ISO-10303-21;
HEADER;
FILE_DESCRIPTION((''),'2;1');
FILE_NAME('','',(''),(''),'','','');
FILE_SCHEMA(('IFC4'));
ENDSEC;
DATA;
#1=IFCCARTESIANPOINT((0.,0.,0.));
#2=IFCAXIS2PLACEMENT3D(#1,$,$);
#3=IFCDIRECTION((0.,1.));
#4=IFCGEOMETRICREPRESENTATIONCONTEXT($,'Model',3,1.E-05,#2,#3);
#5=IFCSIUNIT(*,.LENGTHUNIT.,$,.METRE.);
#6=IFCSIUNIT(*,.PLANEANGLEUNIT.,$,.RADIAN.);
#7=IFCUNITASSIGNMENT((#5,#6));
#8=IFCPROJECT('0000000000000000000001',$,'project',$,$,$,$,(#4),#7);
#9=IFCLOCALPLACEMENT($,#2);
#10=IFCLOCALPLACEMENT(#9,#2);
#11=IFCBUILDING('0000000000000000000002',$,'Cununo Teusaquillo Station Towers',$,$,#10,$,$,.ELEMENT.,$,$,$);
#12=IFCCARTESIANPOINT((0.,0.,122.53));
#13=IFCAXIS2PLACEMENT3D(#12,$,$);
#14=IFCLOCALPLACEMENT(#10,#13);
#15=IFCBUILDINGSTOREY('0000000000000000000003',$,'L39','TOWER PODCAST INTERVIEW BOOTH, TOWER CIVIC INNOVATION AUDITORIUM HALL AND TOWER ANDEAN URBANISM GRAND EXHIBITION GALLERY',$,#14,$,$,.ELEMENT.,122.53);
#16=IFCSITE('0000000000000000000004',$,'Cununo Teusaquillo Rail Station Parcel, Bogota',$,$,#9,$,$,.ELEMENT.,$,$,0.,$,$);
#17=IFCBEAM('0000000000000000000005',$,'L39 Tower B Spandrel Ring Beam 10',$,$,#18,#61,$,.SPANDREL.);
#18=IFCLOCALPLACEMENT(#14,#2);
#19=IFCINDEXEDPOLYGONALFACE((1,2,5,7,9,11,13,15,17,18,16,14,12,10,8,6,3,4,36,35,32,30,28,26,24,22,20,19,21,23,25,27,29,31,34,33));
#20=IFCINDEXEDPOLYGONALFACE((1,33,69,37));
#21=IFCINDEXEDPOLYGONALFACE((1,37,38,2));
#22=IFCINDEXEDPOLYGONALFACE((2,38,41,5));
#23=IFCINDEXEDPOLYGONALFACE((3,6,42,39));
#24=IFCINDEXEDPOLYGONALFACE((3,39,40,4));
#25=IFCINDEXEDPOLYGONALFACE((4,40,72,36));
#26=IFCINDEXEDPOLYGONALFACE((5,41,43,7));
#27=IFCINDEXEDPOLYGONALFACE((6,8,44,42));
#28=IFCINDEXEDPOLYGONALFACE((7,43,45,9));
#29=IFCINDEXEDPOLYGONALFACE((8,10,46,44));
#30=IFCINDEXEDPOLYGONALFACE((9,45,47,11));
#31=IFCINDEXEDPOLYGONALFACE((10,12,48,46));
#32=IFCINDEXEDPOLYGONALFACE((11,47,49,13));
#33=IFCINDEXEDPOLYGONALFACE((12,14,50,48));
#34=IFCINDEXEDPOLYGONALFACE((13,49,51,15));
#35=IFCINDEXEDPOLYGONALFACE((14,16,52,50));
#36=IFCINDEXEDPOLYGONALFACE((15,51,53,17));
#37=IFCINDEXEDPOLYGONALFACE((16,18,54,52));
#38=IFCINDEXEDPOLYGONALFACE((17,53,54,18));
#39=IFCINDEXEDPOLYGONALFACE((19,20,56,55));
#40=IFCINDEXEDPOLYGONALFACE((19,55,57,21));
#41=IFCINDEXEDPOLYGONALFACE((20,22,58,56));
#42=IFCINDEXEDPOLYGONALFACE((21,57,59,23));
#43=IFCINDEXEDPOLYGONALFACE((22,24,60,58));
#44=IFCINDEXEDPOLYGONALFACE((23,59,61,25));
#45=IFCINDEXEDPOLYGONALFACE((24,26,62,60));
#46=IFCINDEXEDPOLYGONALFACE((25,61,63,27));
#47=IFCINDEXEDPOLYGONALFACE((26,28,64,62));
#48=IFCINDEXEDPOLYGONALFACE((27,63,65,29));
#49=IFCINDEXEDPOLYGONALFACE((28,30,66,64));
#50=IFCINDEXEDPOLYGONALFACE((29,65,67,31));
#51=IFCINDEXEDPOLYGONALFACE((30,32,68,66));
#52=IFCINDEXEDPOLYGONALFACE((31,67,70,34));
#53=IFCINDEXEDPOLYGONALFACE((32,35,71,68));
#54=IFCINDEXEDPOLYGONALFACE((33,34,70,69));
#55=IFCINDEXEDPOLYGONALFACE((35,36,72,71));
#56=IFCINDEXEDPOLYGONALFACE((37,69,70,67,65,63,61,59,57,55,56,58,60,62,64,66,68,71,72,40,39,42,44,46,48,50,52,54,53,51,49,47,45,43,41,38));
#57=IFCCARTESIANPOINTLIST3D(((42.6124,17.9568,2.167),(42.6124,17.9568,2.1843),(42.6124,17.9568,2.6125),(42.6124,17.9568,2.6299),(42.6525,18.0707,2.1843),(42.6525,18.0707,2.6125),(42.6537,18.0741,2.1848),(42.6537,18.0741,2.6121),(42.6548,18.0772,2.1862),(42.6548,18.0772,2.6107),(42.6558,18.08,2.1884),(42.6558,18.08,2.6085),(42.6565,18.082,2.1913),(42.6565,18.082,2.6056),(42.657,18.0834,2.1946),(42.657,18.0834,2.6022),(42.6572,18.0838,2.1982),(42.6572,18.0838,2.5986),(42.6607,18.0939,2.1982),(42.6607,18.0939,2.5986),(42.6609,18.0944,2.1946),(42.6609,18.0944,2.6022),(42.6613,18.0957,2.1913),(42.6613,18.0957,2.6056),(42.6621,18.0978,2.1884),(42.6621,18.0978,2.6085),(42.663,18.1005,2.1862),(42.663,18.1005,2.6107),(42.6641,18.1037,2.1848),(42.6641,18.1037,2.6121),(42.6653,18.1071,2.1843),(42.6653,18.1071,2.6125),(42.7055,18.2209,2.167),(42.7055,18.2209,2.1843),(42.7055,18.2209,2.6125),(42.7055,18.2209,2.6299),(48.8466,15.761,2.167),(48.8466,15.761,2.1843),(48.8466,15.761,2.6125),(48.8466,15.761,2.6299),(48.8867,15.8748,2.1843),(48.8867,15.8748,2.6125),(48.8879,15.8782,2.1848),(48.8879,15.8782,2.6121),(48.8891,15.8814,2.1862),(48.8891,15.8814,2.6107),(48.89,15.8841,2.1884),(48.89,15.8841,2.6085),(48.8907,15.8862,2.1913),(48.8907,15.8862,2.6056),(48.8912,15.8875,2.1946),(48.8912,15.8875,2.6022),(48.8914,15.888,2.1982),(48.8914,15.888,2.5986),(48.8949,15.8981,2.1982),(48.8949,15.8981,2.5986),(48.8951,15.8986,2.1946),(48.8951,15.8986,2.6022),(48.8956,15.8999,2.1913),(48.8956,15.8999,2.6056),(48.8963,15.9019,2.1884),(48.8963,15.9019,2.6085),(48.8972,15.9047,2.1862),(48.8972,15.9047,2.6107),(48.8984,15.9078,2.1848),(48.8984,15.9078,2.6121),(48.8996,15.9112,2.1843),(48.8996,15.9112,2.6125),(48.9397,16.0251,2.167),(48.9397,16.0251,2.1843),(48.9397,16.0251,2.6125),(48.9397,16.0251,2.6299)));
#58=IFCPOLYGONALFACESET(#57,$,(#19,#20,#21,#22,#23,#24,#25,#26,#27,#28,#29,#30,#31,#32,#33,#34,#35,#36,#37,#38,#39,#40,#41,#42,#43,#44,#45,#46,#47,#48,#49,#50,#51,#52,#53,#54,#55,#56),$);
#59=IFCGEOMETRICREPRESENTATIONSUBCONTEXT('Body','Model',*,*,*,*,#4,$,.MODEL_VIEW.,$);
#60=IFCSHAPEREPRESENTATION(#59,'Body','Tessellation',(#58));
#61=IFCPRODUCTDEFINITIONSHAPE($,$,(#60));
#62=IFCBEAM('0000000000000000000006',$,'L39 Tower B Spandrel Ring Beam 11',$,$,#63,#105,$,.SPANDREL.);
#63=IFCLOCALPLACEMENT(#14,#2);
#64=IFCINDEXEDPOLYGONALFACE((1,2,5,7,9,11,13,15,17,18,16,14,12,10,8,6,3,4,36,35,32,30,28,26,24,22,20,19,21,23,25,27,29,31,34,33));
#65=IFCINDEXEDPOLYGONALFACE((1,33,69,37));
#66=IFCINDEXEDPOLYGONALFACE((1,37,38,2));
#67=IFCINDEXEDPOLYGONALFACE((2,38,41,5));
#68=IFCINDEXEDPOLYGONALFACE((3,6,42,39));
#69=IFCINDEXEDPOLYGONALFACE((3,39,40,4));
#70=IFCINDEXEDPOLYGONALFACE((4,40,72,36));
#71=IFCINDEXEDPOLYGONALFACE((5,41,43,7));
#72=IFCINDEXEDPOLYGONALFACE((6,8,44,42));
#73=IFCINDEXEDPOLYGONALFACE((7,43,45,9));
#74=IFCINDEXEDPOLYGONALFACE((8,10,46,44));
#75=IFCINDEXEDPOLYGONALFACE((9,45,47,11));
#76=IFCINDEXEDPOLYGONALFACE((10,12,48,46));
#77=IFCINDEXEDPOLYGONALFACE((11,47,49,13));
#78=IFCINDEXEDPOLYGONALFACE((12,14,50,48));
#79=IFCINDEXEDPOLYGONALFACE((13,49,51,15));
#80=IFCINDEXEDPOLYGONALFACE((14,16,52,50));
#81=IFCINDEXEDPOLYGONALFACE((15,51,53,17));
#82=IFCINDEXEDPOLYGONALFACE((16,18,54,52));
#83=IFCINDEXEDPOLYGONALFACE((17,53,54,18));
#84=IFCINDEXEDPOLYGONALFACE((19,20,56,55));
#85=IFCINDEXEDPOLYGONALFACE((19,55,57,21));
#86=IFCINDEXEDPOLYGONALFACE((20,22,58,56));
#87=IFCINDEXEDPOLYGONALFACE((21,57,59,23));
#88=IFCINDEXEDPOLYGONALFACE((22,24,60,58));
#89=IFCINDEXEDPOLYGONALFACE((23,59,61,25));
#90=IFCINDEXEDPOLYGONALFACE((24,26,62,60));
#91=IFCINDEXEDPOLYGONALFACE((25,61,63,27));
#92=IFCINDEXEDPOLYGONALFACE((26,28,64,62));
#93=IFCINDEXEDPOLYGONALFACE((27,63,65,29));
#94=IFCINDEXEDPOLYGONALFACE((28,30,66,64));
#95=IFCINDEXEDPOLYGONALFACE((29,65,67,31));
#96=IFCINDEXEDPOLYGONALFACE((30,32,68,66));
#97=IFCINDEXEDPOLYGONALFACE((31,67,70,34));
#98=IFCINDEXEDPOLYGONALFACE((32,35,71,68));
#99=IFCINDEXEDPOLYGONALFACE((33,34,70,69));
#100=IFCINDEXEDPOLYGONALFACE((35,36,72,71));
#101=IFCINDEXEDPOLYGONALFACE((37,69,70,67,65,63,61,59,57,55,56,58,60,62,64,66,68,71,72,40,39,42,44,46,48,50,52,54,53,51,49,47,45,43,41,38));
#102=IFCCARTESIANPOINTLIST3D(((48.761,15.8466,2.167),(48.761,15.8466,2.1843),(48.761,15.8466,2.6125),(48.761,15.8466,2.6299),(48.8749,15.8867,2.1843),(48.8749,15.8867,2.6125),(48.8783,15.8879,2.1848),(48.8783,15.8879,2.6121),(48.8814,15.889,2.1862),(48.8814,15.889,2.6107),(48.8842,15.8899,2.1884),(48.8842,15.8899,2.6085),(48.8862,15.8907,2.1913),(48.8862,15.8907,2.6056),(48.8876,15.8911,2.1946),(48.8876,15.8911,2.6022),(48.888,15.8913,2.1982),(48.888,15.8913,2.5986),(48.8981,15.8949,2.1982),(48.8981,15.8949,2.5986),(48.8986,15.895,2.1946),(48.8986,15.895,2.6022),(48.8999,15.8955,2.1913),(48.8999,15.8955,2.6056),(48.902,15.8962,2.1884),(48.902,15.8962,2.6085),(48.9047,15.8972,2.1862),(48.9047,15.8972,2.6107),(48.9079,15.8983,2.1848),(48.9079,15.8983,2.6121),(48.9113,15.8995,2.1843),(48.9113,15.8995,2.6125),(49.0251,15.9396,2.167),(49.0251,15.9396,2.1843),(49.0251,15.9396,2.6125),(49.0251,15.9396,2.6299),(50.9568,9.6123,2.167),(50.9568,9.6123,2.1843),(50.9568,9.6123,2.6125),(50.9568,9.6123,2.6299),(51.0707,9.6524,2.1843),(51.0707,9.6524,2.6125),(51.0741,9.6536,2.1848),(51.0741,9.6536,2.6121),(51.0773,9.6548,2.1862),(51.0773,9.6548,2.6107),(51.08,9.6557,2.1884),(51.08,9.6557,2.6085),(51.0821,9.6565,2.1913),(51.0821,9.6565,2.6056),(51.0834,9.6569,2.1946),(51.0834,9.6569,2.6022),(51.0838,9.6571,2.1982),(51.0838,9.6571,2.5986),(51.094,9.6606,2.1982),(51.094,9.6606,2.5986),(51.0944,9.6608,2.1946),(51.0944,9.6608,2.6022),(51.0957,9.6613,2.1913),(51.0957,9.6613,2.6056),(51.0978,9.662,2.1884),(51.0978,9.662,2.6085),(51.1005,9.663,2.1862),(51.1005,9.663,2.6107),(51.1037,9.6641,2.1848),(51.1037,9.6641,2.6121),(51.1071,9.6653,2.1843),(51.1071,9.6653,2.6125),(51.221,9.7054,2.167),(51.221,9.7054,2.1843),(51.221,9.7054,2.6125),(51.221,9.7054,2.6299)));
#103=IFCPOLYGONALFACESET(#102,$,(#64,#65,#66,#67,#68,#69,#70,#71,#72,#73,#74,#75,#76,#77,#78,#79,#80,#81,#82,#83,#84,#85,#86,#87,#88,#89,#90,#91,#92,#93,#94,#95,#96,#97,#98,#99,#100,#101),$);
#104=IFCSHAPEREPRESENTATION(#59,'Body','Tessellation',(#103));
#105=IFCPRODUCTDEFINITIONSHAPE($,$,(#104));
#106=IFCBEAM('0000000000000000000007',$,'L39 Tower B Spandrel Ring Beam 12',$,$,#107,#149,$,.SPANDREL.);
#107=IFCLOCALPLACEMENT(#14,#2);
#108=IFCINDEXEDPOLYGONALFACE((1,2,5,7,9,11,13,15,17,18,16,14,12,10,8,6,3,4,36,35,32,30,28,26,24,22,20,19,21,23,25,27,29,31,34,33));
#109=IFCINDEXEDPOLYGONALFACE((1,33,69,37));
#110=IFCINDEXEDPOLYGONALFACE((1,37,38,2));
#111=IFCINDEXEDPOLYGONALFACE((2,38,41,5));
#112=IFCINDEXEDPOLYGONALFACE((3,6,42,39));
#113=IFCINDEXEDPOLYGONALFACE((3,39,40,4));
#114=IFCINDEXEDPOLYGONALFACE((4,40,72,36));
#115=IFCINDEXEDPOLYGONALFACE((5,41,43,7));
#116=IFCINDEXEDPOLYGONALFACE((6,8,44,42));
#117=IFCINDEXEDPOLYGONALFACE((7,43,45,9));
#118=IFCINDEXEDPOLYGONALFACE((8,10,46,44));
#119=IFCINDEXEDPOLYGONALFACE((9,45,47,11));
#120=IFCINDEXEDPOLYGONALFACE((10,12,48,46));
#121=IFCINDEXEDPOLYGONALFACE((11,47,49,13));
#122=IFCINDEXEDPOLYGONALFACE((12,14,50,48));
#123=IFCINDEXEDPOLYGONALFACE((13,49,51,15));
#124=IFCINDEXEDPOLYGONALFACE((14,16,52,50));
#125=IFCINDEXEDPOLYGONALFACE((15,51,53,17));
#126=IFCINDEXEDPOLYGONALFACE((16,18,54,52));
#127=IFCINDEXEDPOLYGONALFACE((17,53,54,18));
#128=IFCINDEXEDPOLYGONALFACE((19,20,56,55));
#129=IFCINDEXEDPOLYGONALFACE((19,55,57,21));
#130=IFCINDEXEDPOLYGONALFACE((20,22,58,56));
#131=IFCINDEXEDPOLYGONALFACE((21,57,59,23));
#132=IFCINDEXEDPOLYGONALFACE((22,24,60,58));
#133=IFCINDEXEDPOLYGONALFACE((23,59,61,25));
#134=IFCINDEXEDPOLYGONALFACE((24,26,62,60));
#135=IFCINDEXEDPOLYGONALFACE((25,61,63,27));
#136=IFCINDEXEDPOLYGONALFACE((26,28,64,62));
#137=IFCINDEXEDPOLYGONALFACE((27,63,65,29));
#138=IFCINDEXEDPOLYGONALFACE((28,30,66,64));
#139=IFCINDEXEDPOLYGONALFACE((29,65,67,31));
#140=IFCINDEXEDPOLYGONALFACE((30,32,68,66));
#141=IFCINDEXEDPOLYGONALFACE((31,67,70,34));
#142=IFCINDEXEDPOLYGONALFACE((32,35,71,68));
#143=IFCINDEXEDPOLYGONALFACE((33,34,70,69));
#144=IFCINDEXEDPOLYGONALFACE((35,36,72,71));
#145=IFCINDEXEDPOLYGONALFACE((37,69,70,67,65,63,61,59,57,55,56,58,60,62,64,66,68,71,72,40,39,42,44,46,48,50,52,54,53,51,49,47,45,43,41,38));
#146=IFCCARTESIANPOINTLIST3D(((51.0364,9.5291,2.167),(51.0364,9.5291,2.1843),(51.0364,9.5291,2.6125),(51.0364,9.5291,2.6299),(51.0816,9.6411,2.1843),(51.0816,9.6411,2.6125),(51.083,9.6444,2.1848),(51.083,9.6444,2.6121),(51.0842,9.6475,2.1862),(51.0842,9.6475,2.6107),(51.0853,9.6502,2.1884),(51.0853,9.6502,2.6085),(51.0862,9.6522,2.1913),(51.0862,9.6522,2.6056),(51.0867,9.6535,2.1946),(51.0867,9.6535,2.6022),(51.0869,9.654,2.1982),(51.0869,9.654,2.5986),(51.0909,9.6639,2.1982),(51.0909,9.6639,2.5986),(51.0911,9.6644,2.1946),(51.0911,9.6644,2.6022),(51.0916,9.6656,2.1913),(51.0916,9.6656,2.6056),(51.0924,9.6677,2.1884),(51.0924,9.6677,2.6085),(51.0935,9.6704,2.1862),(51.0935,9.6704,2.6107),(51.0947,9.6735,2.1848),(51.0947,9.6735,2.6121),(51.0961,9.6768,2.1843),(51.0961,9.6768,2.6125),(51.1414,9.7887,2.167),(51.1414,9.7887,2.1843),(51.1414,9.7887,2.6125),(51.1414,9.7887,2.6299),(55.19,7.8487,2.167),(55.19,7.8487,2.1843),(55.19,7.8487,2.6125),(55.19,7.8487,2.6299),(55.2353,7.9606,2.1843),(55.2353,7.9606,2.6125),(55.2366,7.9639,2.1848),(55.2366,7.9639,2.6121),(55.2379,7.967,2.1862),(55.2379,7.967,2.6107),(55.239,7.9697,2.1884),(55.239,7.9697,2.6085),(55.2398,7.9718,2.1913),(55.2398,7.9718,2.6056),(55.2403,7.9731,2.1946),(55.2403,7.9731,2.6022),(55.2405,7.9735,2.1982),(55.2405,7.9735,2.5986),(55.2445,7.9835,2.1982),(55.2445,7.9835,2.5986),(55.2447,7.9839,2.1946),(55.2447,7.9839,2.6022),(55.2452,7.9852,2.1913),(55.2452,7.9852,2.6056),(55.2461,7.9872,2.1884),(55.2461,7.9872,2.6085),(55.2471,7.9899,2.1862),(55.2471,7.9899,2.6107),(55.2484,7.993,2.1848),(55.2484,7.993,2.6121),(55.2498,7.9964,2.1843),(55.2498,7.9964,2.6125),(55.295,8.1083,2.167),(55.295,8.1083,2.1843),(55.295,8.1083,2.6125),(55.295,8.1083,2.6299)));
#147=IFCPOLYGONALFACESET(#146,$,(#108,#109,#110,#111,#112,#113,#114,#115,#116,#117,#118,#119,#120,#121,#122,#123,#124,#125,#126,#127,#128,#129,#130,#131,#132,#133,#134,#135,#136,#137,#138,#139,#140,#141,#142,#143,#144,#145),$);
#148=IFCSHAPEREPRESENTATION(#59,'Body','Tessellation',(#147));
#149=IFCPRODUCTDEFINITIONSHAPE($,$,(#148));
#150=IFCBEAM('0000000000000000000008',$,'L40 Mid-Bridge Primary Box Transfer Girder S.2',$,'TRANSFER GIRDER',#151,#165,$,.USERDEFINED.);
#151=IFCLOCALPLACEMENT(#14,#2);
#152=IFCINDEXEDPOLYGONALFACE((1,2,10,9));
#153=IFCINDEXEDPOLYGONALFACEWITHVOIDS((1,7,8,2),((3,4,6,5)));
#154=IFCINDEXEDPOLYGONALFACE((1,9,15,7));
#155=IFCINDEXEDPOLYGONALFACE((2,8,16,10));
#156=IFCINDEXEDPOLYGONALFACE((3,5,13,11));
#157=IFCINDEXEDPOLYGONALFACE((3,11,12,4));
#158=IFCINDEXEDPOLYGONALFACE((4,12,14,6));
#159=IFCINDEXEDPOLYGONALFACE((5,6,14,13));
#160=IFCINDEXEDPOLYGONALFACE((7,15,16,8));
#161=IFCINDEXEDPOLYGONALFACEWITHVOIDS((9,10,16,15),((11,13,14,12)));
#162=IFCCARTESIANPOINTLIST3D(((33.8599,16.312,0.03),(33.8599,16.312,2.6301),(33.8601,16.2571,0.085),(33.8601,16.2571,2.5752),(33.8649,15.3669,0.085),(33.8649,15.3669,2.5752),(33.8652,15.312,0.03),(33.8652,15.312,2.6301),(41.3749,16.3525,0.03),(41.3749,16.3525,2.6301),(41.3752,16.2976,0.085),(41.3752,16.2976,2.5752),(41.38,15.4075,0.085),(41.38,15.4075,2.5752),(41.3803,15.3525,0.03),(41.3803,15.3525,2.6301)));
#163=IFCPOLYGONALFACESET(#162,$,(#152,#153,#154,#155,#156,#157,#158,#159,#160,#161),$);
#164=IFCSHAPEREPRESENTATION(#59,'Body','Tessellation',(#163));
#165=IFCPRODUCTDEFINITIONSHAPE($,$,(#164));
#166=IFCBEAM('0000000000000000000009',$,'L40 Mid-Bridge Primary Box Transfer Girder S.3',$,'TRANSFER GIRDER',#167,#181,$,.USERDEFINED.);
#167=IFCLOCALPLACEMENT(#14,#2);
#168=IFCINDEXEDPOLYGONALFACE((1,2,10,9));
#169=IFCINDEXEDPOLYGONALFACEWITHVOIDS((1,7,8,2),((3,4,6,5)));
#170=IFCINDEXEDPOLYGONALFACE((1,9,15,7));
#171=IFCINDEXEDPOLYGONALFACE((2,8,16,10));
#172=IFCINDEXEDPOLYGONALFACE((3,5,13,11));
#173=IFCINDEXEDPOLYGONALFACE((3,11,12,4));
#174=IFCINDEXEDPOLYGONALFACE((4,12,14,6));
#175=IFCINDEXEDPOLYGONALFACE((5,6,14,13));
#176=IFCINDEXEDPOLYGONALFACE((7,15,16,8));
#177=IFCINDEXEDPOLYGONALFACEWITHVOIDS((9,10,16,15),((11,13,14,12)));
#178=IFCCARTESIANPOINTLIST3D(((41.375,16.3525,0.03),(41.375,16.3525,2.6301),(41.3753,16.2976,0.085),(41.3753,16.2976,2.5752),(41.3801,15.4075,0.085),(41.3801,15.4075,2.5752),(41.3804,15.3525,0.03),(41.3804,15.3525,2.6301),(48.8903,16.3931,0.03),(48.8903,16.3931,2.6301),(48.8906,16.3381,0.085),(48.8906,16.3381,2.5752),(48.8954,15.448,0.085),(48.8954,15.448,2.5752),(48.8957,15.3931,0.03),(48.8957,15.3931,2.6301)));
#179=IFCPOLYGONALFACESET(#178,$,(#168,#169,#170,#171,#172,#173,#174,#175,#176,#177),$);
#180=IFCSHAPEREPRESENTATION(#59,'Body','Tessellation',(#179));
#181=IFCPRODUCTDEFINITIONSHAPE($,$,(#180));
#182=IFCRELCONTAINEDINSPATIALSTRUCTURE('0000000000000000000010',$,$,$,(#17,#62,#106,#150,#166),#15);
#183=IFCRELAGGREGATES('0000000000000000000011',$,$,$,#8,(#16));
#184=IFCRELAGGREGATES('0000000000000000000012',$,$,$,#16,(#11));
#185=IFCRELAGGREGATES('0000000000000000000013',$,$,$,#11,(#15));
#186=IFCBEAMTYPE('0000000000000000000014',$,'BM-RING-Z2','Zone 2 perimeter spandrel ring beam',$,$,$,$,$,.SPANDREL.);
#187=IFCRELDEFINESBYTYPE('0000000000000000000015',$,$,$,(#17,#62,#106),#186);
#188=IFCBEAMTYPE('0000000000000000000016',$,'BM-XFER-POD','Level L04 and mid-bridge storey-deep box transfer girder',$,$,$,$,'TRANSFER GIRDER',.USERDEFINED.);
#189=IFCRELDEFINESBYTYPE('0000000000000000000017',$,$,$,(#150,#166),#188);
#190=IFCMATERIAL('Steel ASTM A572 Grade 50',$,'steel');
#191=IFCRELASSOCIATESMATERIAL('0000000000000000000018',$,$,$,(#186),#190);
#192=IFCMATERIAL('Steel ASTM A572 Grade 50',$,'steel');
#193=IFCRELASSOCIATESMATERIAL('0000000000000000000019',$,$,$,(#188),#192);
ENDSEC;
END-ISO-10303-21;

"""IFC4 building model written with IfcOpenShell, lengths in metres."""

from ifc_helpers import new_model, si_unit, direction, frame, origin, origin_2d, place, context, subcontext, project, spatial, hollow_rectangle, i_section, extrude, material, material_profile, profile_set, type_object, element, save


model = new_model("IFC4")

# Units and contexts
model_context = context("Model", 3, precision=1e-05, world=origin(), true_north=direction((0.0, 1.0)))
body_context = subcontext(model_context, "Body", "Model", "MODEL_VIEW")
ifc_project = project(units=[si_unit("LENGTHUNIT", "METRE"), si_unit("PLANEANGLEUNIT", "RADIAN")], contexts=[model_context])

# Site, building, storey
site_placement = place(None, origin())
site = spatial("IfcSite", under=ifc_project, at=site_placement, Name="Cununo Teusaquillo Rail Station Parcel, Bogota", CompositionType="ELEMENT", RefElevation=0.0)
building_placement = place(site_placement, origin())
building = spatial("IfcBuilding", under=site, at=building_placement, Name="Cununo Teusaquillo Station Towers", CompositionType="ELEMENT")
storey_placement = place(building_placement, frame((0.0, 0.0, 122.53)))
storey = spatial("IfcBuildingStorey", under=building, at=storey_placement, Name="L39", Description="TOWER PODCAST INTERVIEW BOOTH, TOWER CIVIC INNOVATION AUDITORIUM HALL AND TOWER ANDEAN URBANISM GRAND EXHIBITION GALLERY", CompositionType="ELEMENT", Elevation=122.53)

# Beams
ifc_material_1 = material(Name="Steel ASTM A572 Grade 50", Category="steel")
ifc_material_profile_1 = material_profile(ifc_material_1, i_section(OverallWidth=0.28, OverallDepth=0.4629, WebThickness=0.0107, FlangeThickness=0.0173, FilletRadius=0.0139, at=origin_2d()), Name="W18X76")
ifc_profile_set_1 = profile_set([ifc_material_profile_1], Name="Steel ASTM A572 Grade 50")
beam_type_1 = type_object("IfcBeamType", Name="BM-RING-Z2", Description="Zone 2 perimeter spandrel ring beam", PredefinedType="SPANDREL", material=ifc_profile_set_1)
for number, where, z_axis, x_axis, name in (
    (1, (42.6589, 18.0889, 2.3984), (0.943203, -0.332217, 0.0), (0.332217, 0.943203, 0.0), "L39 Tower B Spandrel Ring Beam 10"),
    (2, (48.8931, 15.8931, 2.3984), (0.332217, -0.943203, 0.0), (0.943203, 0.332217, 0.0), "L39 Tower B Spandrel Ring Beam 11"),
):
    element("IfcBeam", number, at=place(storey_placement, frame(where, z_axis=z_axis, x_axis=x_axis)), inside=storey, type_object=beam_type_1, Name=name, PredefinedType="SPANDREL", context=body_context, shape_type="SweptSolid", body=[
        extrude(i_section(OverallWidth=0.28, OverallDepth=0.4629, WebThickness=0.0107, FlangeThickness=0.0173, FilletRadius=0.0139, at=origin_2d()), origin(), (0.0, 0.0, 1.0), 6.6096),
    ])
beam_1_placement = place(storey_placement, frame((51.0889, 9.6589, 2.3984), z_axis=(0.927008, -0.375042, 0.0), x_axis=(0.375042, 0.927008, 0.0)))
element("IfcBeam", 3, at=beam_1_placement, inside=storey, type_object=beam_type_1, Name="L39 Tower B Spandrel Ring Beam 12", PredefinedType="SPANDREL", context=body_context, shape_type="SweptSolid", body=[
    extrude(i_section(OverallWidth=0.28, OverallDepth=0.4629, WebThickness=0.0107, FlangeThickness=0.0173, FilletRadius=0.0139, at=origin_2d()), origin(), (0.0, 0.0, 1.0), 4.4807),
])
ifc_material_2 = material(Name="Steel ASTM A572 Grade 50", Category="steel")
ifc_material_profile_2 = material_profile(ifc_material_2, hollow_rectangle(XDim=1.0, YDim=2.6001, WallThickness=0.0549, at=origin_2d()), Name="BOX 2600x1000x55")
ifc_profile_set_2 = profile_set([ifc_material_profile_2], Name="Steel ASTM A572 Grade 50")
beam_type_2 = type_object("IfcBeamType", Name="BM-XFER-POD", Description="Level L04 and mid-bridge storey-deep box transfer girder", ElementType="TRANSFER GIRDER", PredefinedType="USERDEFINED", material=ifc_profile_set_2)
beam_2_placement = place(storey_placement, frame((33.8625, 15.812, 1.3301), z_axis=(0.999985, 0.005393, 0.0), x_axis=(-0.005393, 0.999985, 0.0)))
element("IfcBeam", 4, at=beam_2_placement, inside=storey, type_object=beam_type_2, Name="L40 Mid-Bridge Primary Box Transfer Girder S.2", ObjectType="TRANSFER GIRDER", PredefinedType="USERDEFINED", context=body_context, shape_type="SweptSolid", body=[
    extrude(hollow_rectangle(XDim=1.0, YDim=2.6001, WallThickness=0.0549, at=origin_2d()), origin(), (0.0, 0.0, 1.0), 7.5151),
])
beam_3_placement = place(storey_placement, frame((41.3777, 15.8525, 1.3301), z_axis=(0.999985, 0.005393, 0.0), x_axis=(-0.005393, 0.999985, 0.0)))
element("IfcBeam", 5, at=beam_3_placement, inside=storey, type_object=beam_type_2, Name="L40 Mid-Bridge Primary Box Transfer Girder S.3", ObjectType="TRANSFER GIRDER", PredefinedType="USERDEFINED", context=body_context, shape_type="SweptSolid", body=[
    extrude(hollow_rectangle(XDim=1.0, YDim=2.6001, WallThickness=0.0549, at=origin_2d()), origin(), (0.0, 0.0, 1.0), 7.5154),
])

save(model, "model.ifc")
